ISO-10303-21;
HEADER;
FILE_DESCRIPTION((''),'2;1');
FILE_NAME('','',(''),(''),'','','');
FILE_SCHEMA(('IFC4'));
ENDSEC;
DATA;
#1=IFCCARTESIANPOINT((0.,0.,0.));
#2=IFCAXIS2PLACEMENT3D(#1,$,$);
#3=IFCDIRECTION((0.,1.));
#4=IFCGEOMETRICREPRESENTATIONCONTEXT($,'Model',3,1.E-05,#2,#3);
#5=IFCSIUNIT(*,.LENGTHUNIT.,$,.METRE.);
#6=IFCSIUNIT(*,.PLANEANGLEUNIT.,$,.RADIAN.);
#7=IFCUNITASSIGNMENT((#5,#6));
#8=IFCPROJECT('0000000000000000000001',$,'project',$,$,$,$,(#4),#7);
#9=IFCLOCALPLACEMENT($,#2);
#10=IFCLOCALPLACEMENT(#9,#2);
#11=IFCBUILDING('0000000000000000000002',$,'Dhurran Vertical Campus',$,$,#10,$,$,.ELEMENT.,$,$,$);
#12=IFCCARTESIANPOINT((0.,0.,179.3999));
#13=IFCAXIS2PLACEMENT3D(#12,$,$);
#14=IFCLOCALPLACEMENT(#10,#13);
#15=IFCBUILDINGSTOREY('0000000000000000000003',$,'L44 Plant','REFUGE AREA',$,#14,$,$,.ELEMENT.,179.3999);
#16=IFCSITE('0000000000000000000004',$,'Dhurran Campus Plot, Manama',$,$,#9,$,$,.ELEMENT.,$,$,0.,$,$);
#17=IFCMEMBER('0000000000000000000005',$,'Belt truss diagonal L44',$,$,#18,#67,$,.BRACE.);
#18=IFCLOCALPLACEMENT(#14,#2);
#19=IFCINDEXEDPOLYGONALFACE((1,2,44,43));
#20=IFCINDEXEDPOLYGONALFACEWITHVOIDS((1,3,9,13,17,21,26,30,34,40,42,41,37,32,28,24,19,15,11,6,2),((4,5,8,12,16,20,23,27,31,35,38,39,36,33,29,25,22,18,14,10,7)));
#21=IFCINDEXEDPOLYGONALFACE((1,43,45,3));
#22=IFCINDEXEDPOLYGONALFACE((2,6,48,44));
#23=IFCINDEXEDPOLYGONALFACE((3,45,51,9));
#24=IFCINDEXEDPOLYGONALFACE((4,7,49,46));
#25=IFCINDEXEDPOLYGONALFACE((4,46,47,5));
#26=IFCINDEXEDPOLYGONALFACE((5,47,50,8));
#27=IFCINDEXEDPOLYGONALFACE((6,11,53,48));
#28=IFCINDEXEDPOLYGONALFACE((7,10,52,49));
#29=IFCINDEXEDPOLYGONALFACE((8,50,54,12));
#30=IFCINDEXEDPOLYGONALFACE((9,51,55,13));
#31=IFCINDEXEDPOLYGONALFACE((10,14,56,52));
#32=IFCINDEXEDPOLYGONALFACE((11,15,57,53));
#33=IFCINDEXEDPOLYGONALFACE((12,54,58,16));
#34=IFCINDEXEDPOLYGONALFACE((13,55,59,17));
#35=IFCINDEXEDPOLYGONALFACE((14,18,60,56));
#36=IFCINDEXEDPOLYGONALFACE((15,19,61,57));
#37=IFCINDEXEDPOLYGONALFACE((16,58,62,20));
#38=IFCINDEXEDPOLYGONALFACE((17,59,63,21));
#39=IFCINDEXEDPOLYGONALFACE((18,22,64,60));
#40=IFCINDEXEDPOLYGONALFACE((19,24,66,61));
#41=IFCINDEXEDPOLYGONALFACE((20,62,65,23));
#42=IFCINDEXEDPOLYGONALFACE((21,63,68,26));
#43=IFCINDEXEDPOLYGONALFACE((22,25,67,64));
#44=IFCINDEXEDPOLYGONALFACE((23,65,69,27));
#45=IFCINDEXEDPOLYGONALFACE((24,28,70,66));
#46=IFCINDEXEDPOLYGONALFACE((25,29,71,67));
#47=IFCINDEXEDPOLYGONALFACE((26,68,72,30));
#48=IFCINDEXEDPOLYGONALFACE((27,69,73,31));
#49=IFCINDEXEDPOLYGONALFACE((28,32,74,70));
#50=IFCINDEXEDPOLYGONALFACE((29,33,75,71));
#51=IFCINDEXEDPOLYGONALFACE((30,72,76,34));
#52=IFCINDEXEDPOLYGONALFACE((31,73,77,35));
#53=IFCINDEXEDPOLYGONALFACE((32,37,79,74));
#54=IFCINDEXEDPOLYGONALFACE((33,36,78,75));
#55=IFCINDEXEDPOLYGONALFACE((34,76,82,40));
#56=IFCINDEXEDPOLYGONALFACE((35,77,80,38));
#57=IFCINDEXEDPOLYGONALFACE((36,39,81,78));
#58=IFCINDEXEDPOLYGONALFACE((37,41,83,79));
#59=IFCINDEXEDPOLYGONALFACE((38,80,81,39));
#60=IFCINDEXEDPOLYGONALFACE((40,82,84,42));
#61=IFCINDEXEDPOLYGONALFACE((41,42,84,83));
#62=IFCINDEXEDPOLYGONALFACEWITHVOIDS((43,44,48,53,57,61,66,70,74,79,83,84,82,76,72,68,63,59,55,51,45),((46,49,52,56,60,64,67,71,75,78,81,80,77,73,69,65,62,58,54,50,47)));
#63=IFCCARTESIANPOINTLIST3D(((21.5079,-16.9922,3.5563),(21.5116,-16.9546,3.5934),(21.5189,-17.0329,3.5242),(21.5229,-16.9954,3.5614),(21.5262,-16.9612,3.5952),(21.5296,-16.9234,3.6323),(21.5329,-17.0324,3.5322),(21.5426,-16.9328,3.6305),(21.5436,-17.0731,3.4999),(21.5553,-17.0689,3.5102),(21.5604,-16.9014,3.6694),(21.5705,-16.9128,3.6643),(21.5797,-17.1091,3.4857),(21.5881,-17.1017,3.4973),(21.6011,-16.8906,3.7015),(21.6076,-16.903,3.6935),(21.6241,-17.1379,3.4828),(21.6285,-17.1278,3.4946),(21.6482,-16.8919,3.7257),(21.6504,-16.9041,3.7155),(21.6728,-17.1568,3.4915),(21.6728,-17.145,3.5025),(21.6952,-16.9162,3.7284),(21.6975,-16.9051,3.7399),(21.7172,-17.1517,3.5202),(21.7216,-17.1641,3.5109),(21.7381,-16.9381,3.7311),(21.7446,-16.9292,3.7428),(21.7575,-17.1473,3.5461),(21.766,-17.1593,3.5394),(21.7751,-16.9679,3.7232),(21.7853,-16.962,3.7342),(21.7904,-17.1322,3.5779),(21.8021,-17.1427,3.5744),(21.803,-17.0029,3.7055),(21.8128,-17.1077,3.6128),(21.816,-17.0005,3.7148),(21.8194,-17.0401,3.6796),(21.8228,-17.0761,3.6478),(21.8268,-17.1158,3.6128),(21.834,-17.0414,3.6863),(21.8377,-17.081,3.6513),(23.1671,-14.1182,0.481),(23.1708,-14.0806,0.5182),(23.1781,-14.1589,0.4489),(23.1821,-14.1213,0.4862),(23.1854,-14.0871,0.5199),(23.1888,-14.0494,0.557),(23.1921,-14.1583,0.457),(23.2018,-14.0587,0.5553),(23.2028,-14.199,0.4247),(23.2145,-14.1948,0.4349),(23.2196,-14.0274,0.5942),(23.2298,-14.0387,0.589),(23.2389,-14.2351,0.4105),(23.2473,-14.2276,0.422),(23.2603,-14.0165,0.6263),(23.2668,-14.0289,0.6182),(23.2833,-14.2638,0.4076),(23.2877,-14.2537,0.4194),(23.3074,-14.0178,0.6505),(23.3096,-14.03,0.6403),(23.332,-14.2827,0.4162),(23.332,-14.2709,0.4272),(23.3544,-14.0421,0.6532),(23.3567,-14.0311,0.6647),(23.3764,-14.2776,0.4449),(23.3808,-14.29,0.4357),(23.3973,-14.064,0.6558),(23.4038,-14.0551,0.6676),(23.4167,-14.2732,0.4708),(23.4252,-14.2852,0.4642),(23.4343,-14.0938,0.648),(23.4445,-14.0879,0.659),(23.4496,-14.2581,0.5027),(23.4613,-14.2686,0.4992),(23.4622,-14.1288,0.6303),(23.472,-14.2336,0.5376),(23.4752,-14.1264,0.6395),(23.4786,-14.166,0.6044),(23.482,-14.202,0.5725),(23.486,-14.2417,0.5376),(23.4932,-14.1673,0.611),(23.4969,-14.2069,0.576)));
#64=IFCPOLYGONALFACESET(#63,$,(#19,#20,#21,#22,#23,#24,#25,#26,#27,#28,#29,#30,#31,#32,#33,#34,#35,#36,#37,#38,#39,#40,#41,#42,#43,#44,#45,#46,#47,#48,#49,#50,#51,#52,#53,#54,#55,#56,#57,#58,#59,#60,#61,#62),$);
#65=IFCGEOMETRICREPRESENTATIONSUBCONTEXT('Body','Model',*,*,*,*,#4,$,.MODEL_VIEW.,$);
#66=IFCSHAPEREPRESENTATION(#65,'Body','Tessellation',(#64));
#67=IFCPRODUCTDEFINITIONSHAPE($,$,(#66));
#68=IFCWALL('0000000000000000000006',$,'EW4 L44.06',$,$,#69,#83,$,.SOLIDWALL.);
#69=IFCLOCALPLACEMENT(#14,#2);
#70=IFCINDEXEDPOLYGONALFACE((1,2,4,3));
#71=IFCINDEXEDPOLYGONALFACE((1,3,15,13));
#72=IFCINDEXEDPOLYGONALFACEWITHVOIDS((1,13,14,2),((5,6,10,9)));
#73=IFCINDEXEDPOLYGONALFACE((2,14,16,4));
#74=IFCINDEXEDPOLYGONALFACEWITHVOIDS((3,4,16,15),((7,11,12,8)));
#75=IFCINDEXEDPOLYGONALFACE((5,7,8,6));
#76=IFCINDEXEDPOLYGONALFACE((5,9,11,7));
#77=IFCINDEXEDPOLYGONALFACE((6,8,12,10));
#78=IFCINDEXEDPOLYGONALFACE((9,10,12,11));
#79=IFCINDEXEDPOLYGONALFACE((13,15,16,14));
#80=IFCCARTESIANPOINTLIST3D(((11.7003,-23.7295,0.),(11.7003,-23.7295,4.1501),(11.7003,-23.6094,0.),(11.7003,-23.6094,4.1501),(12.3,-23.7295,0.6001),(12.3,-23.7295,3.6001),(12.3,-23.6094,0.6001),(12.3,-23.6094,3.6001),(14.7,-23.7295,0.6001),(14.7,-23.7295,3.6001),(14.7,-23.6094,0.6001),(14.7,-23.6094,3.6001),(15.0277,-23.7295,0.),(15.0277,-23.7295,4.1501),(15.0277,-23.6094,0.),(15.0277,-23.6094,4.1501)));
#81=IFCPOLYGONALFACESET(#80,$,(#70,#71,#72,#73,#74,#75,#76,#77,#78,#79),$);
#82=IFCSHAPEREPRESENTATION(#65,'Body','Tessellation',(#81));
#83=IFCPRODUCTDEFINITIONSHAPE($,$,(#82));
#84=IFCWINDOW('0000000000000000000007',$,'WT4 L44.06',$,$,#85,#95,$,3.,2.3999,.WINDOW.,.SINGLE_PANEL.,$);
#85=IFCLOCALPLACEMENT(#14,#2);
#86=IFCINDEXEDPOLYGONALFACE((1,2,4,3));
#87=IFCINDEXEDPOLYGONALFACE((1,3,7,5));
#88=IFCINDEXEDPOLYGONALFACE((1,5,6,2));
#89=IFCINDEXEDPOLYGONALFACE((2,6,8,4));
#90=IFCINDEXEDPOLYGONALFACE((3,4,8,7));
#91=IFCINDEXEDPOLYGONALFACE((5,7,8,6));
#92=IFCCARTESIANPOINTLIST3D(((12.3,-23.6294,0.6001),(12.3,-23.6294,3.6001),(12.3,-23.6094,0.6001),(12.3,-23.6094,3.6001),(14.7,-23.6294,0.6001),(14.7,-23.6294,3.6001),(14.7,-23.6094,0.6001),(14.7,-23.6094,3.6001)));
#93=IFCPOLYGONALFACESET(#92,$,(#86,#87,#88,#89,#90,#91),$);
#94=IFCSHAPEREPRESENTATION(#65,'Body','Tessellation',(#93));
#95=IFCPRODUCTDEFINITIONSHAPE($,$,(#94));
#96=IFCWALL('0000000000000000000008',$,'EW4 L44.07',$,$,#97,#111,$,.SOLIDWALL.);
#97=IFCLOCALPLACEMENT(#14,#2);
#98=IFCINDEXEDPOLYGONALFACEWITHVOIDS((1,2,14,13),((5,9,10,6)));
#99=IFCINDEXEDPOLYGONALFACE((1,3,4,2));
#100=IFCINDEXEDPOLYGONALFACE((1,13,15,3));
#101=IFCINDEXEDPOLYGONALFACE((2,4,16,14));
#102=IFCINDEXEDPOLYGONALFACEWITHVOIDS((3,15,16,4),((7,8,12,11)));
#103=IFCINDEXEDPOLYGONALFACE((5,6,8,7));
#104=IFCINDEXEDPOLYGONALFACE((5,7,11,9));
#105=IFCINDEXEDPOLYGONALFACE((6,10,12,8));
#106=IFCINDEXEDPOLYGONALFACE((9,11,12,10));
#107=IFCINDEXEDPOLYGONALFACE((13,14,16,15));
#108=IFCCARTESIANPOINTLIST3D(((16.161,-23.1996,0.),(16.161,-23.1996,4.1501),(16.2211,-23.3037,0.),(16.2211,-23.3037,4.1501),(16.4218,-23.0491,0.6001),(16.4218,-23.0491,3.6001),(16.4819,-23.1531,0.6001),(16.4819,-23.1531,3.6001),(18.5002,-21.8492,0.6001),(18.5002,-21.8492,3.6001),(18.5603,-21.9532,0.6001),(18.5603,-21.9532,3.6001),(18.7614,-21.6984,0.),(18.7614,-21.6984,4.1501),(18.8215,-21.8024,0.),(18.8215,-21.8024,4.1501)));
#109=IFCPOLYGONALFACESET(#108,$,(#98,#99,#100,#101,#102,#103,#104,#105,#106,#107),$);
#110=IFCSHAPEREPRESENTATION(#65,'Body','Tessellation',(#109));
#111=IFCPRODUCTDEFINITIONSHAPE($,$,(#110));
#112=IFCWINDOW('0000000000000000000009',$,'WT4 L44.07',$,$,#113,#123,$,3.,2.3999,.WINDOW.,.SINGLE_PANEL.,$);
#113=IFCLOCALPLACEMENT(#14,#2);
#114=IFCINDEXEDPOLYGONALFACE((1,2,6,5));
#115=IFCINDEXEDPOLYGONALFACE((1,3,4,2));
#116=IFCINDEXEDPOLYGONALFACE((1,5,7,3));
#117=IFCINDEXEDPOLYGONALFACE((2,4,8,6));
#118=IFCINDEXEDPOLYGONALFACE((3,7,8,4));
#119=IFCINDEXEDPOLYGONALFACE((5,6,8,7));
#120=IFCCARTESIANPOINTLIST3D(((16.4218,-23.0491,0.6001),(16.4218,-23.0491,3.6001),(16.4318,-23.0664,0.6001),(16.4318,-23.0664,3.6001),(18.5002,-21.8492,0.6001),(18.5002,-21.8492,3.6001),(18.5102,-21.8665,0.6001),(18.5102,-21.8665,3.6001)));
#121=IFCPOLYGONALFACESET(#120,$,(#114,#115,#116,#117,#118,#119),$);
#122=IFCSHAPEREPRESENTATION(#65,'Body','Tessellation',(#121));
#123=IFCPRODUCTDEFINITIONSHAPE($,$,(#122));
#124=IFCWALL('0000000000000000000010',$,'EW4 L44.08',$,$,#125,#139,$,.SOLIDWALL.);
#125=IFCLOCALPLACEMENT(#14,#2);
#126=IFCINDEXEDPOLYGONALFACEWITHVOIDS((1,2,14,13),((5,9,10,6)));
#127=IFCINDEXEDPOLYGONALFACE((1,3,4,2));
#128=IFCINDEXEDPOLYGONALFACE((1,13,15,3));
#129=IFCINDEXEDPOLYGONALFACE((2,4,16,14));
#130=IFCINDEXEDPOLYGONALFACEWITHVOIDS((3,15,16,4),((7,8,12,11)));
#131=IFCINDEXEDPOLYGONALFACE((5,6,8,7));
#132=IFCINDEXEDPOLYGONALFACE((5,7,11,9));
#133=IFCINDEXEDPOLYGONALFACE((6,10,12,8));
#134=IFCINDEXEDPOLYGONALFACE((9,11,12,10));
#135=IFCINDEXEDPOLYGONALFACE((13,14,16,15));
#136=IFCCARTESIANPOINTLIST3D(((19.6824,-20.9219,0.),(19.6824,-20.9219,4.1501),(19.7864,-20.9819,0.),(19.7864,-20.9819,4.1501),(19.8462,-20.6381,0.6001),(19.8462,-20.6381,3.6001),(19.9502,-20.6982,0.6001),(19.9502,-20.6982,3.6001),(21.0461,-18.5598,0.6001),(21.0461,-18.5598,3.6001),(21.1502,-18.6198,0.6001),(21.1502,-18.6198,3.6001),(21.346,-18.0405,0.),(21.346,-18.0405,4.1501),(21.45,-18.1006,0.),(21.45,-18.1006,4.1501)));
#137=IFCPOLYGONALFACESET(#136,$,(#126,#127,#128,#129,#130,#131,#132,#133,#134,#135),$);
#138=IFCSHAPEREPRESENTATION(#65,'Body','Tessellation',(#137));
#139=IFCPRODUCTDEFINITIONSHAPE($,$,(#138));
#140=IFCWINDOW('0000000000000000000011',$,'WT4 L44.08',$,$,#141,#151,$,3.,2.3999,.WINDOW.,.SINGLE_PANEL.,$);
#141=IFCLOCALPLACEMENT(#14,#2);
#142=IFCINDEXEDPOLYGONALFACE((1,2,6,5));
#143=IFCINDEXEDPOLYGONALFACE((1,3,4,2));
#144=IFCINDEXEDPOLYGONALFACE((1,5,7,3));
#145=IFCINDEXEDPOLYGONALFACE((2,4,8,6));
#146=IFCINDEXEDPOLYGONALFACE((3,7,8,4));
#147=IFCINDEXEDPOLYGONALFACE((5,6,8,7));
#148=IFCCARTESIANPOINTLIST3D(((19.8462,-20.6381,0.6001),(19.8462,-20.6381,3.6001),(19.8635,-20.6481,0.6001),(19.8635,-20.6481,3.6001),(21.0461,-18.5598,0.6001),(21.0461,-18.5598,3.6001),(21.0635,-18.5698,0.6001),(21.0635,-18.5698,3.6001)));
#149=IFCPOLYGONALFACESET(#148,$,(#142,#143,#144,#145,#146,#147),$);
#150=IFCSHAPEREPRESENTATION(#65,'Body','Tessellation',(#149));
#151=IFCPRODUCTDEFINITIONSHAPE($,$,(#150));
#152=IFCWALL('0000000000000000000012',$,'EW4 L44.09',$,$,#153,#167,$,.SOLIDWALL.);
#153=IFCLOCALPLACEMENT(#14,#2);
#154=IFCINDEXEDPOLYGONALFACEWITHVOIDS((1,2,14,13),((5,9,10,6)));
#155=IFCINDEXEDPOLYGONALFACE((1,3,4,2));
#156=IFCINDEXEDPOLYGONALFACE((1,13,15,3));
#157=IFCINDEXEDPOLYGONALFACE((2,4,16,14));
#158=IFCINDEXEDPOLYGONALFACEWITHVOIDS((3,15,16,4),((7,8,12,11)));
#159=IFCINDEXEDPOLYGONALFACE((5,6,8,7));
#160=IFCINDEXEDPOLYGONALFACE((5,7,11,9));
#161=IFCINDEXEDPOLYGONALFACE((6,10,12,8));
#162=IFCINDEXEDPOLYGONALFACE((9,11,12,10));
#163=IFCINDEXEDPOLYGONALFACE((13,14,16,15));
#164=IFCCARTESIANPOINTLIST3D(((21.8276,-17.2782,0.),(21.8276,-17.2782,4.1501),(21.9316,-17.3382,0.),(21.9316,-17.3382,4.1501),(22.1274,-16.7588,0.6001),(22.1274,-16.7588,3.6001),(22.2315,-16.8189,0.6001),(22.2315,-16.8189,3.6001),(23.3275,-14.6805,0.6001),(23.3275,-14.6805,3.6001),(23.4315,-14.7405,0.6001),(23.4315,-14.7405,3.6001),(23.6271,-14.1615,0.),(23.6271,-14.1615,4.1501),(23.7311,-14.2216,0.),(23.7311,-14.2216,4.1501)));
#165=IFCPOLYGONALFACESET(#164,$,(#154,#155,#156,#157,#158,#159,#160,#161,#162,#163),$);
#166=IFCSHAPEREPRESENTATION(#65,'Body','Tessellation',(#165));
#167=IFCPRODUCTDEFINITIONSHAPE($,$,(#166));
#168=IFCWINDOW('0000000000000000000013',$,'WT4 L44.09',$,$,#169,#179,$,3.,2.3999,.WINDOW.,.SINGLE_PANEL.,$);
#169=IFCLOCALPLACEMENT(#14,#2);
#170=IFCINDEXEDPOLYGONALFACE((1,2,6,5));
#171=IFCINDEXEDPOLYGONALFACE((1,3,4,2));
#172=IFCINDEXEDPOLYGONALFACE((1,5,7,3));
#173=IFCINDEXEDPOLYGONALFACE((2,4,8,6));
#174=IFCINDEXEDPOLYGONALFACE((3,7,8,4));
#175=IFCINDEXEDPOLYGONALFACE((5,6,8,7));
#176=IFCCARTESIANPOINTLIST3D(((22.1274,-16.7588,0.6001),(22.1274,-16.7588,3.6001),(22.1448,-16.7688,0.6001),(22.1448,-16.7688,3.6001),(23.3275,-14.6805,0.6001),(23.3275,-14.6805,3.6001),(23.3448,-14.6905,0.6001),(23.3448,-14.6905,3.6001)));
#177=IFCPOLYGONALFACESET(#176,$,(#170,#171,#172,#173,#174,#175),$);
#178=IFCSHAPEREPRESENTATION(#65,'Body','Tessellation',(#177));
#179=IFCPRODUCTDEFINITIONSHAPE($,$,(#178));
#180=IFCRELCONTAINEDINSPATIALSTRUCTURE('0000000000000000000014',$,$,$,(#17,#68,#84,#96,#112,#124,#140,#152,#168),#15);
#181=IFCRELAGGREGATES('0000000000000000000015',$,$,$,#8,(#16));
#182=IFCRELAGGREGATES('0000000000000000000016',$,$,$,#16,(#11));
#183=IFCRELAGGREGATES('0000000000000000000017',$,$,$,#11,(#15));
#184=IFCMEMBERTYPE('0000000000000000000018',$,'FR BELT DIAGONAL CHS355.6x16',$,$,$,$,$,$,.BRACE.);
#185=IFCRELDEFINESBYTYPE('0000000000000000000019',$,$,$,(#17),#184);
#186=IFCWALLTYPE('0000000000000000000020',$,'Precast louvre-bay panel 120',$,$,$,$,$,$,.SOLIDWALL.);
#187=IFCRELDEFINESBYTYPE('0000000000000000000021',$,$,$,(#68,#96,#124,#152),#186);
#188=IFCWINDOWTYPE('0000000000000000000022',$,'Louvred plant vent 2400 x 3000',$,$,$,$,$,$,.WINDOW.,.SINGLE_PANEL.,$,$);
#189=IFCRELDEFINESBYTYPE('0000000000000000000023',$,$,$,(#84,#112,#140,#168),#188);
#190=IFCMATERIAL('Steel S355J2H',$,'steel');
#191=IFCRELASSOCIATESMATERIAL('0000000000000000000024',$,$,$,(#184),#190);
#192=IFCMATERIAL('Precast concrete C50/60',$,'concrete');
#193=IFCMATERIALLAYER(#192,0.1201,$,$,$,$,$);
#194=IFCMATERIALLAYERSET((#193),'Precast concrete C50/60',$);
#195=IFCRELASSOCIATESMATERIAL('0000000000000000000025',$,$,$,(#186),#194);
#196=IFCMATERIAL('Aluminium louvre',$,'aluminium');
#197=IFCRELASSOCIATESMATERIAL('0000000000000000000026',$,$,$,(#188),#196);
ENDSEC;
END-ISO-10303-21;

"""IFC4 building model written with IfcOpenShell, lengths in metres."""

from ifc_helpers import new_model, si_unit, direction, frame, frame_2d, origin, origin_2d, place, context, subcontext, project, spatial, rectangle, hollow_circle, extrude, material, layer, layer_set, material_profile, profile_set, type_object, element, fill, save


model = new_model("IFC4")

# Units and contexts
model_context = context("Model", 3, precision=1e-05, world=origin(), true_north=direction((0.0, 1.0)))
body_context = subcontext(model_context, "Body", "Model", "MODEL_VIEW")
ifc_project = project(units=[si_unit("LENGTHUNIT", "METRE"), si_unit("PLANEANGLEUNIT", "RADIAN")], contexts=[model_context])

# Site, building, storey
site_placement = place(None, origin())
site = spatial("IfcSite", under=ifc_project, at=site_placement, Name="Dhurran Campus Plot, Manama", CompositionType="ELEMENT", RefElevation=0.0)
building_placement = place(site_placement, origin())
building = spatial("IfcBuilding", under=site, at=building_placement, Name="Dhurran Vertical Campus", CompositionType="ELEMENT")
storey_placement = place(building_placement, frame((0.0, 0.0, 179.3999)))
storey = spatial("IfcBuildingStorey", under=building, at=storey_placement, Name="L44 Plant", Description="REFUGE AREA", CompositionType="ELEMENT", Elevation=179.3999)

# Member
ifc_material_1 = material(Name="Steel S355J2H", Category="steel")
ifc_material_profile_1 = material_profile(ifc_material_1, hollow_circle(Radius=0.1777, WallThickness=0.0161, at=origin_2d()), Name="CHS355.6x16")
ifc_profile_set_1 = profile_set([ifc_material_profile_1], Name="Steel S355J2H")
member_type = type_object("IfcMemberType", Name="FR BELT DIAGONAL CHS355.6x16", PredefinedType="BRACE", material=ifc_profile_set_1)
member_1_placement = place(storey_placement, frame((23.332, -14.1528, 0.5376), z_axis=(-0.366722, -0.635235, 0.679699), x_axis=(0.866043, -0.499969, 0.0)))
element("IfcMember", 1, at=member_1_placement, inside=storey, type_object=member_type, Name="Belt truss diagonal L44", PredefinedType="BRACE", context=body_context, shape_type="SweptSolid", body=[
    extrude(hollow_circle(Radius=0.1777, WallThickness=0.0161, at=origin_2d()), origin(), (0.0, 0.0, 1.0), 4.5244),
])

# Walls, openings, windows
ifc_material_2 = material(Name="Precast concrete C50/60", Category="concrete")
ifc_layer_1 = layer(ifc_material_2, 0.1201)
ifc_layer_set_1 = layer_set([ifc_layer_1], Name="Precast concrete C50/60")
wall_type_1 = type_object("IfcWallType", Name="Precast louvre-bay panel 120", PredefinedType="SOLIDWALL", material=ifc_layer_set_1)
wall_1_placement = place(storey_placement, frame((11.7004, -23.6694, 0.0), z_axis=(0.0, 0.0, 1.0), x_axis=(1.0, 0.0, 0.0)))
wall_1 = element("IfcWall", 2, at=wall_1_placement, inside=storey, type_object=wall_type_1, Name="EW4 L44.06", PredefinedType="SOLIDWALL", context=body_context, shape_type="SweptSolid", body=[
    extrude(rectangle(XDim=3.3274, YDim=0.1201, at=frame_2d((1.6636, 0.0))), origin(), (0.0, 0.0, 1.0), 4.1501),
])
opening_1_placement = place(wall_1_placement, frame((0.5996, 0.0, 0.6001)))
opening_1 = element("IfcOpeningElement", 3, at=opening_1_placement, cuts=wall_1, PredefinedType="OPENING", context=body_context, shape_type="SweptSolid", body=[
    extrude(rectangle(XDim=2.3999, YDim=3.0, at=frame_2d((1.2, 1.5))), frame((0.0, 0.0701, 0.0), z_axis=(0.0, -1.0, 0.0), x_axis=(1.0, 0.0, 0.0)), (0.0, 0.0, 1.0), 0.1401),
])
ifc_material_3 = material(Name="Aluminium louvre", Category="aluminium")
window_type = type_object("IfcWindowType", Name="Louvred plant vent 2400 x 3000", PartitioningType="SINGLE_PANEL", PredefinedType="WINDOW", material=ifc_material_3)
window_1_placement = place(opening_1_placement, origin())
window_1 = element("IfcWindow", 4, at=window_1_placement, inside=storey, type_object=window_type, Name="WT4 L44.06", OverallHeight=3.0, OverallWidth=2.3999, PartitioningType="SINGLE_PANEL", PredefinedType="WINDOW", context=body_context, shape_type="SweptSolid", body=[
    extrude(rectangle(XDim=2.3999, YDim=3.0, at=frame_2d((1.2, 1.5))), frame((0.0, 0.0601, 0.0), z_axis=(0.0, -1.0, 0.0), x_axis=(1.0, 0.0, 0.0)), (0.0, 0.0, 1.0), 0.02),
])
fill(opening_1, window_1)
wall_2_placement = place(storey_placement, frame((16.1909, -23.2517, 0.0), z_axis=(0.0, 0.0, 1.0), x_axis=(0.866038, 0.499978, 0.0)))
wall_2 = element("IfcWall", 5, at=wall_2_placement, inside=storey, type_object=wall_type_1, Name="EW4 L44.07", PredefinedType="SOLIDWALL", context=body_context, shape_type="SweptSolid", body=[
    extrude(rectangle(XDim=3.0027, YDim=0.1201, at=frame_2d((1.5015, 0.0))), origin(), (0.0, 0.0, 1.0), 4.1501),
])
opening_2_placement = place(wall_2_placement, frame((0.3013, 0.0, 0.6001)))
opening_2 = element("IfcOpeningElement", 6, at=opening_2_placement, cuts=wall_2, PredefinedType="OPENING", context=body_context, shape_type="SweptSolid", body=[
    extrude(rectangle(XDim=2.3999, YDim=3.0, at=frame_2d((1.2, 1.5))), frame((0.0, 0.0701, 0.0), z_axis=(0.0, -1.0, 0.0), x_axis=(1.0, 0.0, 0.0)), (0.0, 0.0, 1.0), 0.1401),
])
window_2_placement = place(opening_2_placement, origin())
window_2 = element("IfcWindow", 7, at=window_2_placement, inside=storey, type_object=window_type, Name="WT4 L44.07", OverallHeight=3.0, OverallWidth=2.3999, PartitioningType="SINGLE_PANEL", PredefinedType="WINDOW", context=body_context, shape_type="SweptSolid", body=[
    extrude(rectangle(XDim=2.3999, YDim=3.0, at=frame_2d((1.2, 1.5))), frame((0.0, 0.0601, 0.0), z_axis=(0.0, -1.0, 0.0), x_axis=(1.0, 0.0, 0.0)), (0.0, 0.0, 1.0), 0.02),
])
fill(opening_2, window_2)
wall_3_placement = place(storey_placement, frame((19.7344, -20.9519, 0.0), z_axis=(0.0, 0.0, 1.0), x_axis=(0.500006, 0.866022, 0.0)))
wall_3 = element("IfcWall", 8, at=wall_3_placement, inside=storey, type_object=wall_type_1, Name="EW4 L44.08", PredefinedType="SOLIDWALL", context=body_context, shape_type="SweptSolid", body=[
    extrude(rectangle(XDim=3.3271, YDim=0.1201, at=frame_2d((1.6636, 0.0))), origin(), (0.0, 0.0, 1.0), 4.1501),
])
opening_3_placement = place(wall_3_placement, frame((0.3276, 0.0, 0.6001)))
opening_3 = element("IfcOpeningElement", 9, at=opening_3_placement, cuts=wall_3, PredefinedType="OPENING", context=body_context, shape_type="SweptSolid", body=[
    extrude(rectangle(XDim=2.3999, YDim=3.0, at=frame_2d((1.2, 1.5))), frame((0.0, 0.0701, 0.0), z_axis=(0.0, -1.0, 0.0), x_axis=(1.0, 0.0, 0.0)), (0.0, 0.0, 1.0), 0.1401),
])
window_3_placement = place(opening_3_placement, origin())
window_3 = element("IfcWindow", 10, at=window_3_placement, inside=storey, type_object=window_type, Name="WT4 L44.08", OverallHeight=3.0, OverallWidth=2.3999, PartitioningType="SINGLE_PANEL", PredefinedType="WINDOW", context=body_context, shape_type="SweptSolid", body=[
    extrude(rectangle(XDim=2.3999, YDim=3.0, at=frame_2d((1.2, 1.5))), frame((0.0, 0.0601, 0.0), z_axis=(0.0, -1.0, 0.0), x_axis=(1.0, 0.0, 0.0)), (0.0, 0.0, 1.0), 0.02),
])
fill(opening_3, window_3)
wall_4_placement = place(storey_placement, frame((21.8796, -17.3081, 0.0), z_axis=(0.0, 0.0, 1.0), x_axis=(0.500028, 0.866009, 0.0)))
wall_4 = element("IfcWall", 11, at=wall_4_placement, inside=storey, type_object=wall_type_1, Name="EW4 L44.09", PredefinedType="SOLIDWALL", context=body_context, shape_type="SweptSolid", body=[
    extrude(rectangle(XDim=3.5989, YDim=0.1201, at=frame_2d((1.7993, 0.0))), origin(), (0.0, 0.0, 1.0), 4.1501),
])
opening_4_placement = place(wall_4_placement, frame((0.5996, 0.0, 0.6001)))
opening_4 = element("IfcOpeningElement", 12, at=opening_4_placement, cuts=wall_4, PredefinedType="OPENING", context=body_context, shape_type="SweptSolid", body=[
    extrude(rectangle(XDim=2.3999, YDim=3.0, at=frame_2d((1.2, 1.5))), frame((0.0, 0.0701, 0.0), z_axis=(0.0, -1.0, 0.0), x_axis=(1.0, 0.0, 0.0)), (0.0, 0.0, 1.0), 0.1401),
])
window_4_placement = place(opening_4_placement, origin())
window_4 = element("IfcWindow", 13, at=window_4_placement, inside=storey, type_object=window_type, Name="WT4 L44.09", OverallHeight=3.0, OverallWidth=2.3999, PartitioningType="SINGLE_PANEL", PredefinedType="WINDOW", context=body_context, shape_type="SweptSolid", body=[
    extrude(rectangle(XDim=2.3999, YDim=3.0, at=frame_2d((1.2, 1.5))), frame((0.0, 0.0601, 0.0), z_axis=(0.0, -1.0, 0.0), x_axis=(1.0, 0.0, 0.0)), (0.0, 0.0, 1.0), 0.02),
])
fill(opening_4, window_4)

save(model, "model.ifc")
